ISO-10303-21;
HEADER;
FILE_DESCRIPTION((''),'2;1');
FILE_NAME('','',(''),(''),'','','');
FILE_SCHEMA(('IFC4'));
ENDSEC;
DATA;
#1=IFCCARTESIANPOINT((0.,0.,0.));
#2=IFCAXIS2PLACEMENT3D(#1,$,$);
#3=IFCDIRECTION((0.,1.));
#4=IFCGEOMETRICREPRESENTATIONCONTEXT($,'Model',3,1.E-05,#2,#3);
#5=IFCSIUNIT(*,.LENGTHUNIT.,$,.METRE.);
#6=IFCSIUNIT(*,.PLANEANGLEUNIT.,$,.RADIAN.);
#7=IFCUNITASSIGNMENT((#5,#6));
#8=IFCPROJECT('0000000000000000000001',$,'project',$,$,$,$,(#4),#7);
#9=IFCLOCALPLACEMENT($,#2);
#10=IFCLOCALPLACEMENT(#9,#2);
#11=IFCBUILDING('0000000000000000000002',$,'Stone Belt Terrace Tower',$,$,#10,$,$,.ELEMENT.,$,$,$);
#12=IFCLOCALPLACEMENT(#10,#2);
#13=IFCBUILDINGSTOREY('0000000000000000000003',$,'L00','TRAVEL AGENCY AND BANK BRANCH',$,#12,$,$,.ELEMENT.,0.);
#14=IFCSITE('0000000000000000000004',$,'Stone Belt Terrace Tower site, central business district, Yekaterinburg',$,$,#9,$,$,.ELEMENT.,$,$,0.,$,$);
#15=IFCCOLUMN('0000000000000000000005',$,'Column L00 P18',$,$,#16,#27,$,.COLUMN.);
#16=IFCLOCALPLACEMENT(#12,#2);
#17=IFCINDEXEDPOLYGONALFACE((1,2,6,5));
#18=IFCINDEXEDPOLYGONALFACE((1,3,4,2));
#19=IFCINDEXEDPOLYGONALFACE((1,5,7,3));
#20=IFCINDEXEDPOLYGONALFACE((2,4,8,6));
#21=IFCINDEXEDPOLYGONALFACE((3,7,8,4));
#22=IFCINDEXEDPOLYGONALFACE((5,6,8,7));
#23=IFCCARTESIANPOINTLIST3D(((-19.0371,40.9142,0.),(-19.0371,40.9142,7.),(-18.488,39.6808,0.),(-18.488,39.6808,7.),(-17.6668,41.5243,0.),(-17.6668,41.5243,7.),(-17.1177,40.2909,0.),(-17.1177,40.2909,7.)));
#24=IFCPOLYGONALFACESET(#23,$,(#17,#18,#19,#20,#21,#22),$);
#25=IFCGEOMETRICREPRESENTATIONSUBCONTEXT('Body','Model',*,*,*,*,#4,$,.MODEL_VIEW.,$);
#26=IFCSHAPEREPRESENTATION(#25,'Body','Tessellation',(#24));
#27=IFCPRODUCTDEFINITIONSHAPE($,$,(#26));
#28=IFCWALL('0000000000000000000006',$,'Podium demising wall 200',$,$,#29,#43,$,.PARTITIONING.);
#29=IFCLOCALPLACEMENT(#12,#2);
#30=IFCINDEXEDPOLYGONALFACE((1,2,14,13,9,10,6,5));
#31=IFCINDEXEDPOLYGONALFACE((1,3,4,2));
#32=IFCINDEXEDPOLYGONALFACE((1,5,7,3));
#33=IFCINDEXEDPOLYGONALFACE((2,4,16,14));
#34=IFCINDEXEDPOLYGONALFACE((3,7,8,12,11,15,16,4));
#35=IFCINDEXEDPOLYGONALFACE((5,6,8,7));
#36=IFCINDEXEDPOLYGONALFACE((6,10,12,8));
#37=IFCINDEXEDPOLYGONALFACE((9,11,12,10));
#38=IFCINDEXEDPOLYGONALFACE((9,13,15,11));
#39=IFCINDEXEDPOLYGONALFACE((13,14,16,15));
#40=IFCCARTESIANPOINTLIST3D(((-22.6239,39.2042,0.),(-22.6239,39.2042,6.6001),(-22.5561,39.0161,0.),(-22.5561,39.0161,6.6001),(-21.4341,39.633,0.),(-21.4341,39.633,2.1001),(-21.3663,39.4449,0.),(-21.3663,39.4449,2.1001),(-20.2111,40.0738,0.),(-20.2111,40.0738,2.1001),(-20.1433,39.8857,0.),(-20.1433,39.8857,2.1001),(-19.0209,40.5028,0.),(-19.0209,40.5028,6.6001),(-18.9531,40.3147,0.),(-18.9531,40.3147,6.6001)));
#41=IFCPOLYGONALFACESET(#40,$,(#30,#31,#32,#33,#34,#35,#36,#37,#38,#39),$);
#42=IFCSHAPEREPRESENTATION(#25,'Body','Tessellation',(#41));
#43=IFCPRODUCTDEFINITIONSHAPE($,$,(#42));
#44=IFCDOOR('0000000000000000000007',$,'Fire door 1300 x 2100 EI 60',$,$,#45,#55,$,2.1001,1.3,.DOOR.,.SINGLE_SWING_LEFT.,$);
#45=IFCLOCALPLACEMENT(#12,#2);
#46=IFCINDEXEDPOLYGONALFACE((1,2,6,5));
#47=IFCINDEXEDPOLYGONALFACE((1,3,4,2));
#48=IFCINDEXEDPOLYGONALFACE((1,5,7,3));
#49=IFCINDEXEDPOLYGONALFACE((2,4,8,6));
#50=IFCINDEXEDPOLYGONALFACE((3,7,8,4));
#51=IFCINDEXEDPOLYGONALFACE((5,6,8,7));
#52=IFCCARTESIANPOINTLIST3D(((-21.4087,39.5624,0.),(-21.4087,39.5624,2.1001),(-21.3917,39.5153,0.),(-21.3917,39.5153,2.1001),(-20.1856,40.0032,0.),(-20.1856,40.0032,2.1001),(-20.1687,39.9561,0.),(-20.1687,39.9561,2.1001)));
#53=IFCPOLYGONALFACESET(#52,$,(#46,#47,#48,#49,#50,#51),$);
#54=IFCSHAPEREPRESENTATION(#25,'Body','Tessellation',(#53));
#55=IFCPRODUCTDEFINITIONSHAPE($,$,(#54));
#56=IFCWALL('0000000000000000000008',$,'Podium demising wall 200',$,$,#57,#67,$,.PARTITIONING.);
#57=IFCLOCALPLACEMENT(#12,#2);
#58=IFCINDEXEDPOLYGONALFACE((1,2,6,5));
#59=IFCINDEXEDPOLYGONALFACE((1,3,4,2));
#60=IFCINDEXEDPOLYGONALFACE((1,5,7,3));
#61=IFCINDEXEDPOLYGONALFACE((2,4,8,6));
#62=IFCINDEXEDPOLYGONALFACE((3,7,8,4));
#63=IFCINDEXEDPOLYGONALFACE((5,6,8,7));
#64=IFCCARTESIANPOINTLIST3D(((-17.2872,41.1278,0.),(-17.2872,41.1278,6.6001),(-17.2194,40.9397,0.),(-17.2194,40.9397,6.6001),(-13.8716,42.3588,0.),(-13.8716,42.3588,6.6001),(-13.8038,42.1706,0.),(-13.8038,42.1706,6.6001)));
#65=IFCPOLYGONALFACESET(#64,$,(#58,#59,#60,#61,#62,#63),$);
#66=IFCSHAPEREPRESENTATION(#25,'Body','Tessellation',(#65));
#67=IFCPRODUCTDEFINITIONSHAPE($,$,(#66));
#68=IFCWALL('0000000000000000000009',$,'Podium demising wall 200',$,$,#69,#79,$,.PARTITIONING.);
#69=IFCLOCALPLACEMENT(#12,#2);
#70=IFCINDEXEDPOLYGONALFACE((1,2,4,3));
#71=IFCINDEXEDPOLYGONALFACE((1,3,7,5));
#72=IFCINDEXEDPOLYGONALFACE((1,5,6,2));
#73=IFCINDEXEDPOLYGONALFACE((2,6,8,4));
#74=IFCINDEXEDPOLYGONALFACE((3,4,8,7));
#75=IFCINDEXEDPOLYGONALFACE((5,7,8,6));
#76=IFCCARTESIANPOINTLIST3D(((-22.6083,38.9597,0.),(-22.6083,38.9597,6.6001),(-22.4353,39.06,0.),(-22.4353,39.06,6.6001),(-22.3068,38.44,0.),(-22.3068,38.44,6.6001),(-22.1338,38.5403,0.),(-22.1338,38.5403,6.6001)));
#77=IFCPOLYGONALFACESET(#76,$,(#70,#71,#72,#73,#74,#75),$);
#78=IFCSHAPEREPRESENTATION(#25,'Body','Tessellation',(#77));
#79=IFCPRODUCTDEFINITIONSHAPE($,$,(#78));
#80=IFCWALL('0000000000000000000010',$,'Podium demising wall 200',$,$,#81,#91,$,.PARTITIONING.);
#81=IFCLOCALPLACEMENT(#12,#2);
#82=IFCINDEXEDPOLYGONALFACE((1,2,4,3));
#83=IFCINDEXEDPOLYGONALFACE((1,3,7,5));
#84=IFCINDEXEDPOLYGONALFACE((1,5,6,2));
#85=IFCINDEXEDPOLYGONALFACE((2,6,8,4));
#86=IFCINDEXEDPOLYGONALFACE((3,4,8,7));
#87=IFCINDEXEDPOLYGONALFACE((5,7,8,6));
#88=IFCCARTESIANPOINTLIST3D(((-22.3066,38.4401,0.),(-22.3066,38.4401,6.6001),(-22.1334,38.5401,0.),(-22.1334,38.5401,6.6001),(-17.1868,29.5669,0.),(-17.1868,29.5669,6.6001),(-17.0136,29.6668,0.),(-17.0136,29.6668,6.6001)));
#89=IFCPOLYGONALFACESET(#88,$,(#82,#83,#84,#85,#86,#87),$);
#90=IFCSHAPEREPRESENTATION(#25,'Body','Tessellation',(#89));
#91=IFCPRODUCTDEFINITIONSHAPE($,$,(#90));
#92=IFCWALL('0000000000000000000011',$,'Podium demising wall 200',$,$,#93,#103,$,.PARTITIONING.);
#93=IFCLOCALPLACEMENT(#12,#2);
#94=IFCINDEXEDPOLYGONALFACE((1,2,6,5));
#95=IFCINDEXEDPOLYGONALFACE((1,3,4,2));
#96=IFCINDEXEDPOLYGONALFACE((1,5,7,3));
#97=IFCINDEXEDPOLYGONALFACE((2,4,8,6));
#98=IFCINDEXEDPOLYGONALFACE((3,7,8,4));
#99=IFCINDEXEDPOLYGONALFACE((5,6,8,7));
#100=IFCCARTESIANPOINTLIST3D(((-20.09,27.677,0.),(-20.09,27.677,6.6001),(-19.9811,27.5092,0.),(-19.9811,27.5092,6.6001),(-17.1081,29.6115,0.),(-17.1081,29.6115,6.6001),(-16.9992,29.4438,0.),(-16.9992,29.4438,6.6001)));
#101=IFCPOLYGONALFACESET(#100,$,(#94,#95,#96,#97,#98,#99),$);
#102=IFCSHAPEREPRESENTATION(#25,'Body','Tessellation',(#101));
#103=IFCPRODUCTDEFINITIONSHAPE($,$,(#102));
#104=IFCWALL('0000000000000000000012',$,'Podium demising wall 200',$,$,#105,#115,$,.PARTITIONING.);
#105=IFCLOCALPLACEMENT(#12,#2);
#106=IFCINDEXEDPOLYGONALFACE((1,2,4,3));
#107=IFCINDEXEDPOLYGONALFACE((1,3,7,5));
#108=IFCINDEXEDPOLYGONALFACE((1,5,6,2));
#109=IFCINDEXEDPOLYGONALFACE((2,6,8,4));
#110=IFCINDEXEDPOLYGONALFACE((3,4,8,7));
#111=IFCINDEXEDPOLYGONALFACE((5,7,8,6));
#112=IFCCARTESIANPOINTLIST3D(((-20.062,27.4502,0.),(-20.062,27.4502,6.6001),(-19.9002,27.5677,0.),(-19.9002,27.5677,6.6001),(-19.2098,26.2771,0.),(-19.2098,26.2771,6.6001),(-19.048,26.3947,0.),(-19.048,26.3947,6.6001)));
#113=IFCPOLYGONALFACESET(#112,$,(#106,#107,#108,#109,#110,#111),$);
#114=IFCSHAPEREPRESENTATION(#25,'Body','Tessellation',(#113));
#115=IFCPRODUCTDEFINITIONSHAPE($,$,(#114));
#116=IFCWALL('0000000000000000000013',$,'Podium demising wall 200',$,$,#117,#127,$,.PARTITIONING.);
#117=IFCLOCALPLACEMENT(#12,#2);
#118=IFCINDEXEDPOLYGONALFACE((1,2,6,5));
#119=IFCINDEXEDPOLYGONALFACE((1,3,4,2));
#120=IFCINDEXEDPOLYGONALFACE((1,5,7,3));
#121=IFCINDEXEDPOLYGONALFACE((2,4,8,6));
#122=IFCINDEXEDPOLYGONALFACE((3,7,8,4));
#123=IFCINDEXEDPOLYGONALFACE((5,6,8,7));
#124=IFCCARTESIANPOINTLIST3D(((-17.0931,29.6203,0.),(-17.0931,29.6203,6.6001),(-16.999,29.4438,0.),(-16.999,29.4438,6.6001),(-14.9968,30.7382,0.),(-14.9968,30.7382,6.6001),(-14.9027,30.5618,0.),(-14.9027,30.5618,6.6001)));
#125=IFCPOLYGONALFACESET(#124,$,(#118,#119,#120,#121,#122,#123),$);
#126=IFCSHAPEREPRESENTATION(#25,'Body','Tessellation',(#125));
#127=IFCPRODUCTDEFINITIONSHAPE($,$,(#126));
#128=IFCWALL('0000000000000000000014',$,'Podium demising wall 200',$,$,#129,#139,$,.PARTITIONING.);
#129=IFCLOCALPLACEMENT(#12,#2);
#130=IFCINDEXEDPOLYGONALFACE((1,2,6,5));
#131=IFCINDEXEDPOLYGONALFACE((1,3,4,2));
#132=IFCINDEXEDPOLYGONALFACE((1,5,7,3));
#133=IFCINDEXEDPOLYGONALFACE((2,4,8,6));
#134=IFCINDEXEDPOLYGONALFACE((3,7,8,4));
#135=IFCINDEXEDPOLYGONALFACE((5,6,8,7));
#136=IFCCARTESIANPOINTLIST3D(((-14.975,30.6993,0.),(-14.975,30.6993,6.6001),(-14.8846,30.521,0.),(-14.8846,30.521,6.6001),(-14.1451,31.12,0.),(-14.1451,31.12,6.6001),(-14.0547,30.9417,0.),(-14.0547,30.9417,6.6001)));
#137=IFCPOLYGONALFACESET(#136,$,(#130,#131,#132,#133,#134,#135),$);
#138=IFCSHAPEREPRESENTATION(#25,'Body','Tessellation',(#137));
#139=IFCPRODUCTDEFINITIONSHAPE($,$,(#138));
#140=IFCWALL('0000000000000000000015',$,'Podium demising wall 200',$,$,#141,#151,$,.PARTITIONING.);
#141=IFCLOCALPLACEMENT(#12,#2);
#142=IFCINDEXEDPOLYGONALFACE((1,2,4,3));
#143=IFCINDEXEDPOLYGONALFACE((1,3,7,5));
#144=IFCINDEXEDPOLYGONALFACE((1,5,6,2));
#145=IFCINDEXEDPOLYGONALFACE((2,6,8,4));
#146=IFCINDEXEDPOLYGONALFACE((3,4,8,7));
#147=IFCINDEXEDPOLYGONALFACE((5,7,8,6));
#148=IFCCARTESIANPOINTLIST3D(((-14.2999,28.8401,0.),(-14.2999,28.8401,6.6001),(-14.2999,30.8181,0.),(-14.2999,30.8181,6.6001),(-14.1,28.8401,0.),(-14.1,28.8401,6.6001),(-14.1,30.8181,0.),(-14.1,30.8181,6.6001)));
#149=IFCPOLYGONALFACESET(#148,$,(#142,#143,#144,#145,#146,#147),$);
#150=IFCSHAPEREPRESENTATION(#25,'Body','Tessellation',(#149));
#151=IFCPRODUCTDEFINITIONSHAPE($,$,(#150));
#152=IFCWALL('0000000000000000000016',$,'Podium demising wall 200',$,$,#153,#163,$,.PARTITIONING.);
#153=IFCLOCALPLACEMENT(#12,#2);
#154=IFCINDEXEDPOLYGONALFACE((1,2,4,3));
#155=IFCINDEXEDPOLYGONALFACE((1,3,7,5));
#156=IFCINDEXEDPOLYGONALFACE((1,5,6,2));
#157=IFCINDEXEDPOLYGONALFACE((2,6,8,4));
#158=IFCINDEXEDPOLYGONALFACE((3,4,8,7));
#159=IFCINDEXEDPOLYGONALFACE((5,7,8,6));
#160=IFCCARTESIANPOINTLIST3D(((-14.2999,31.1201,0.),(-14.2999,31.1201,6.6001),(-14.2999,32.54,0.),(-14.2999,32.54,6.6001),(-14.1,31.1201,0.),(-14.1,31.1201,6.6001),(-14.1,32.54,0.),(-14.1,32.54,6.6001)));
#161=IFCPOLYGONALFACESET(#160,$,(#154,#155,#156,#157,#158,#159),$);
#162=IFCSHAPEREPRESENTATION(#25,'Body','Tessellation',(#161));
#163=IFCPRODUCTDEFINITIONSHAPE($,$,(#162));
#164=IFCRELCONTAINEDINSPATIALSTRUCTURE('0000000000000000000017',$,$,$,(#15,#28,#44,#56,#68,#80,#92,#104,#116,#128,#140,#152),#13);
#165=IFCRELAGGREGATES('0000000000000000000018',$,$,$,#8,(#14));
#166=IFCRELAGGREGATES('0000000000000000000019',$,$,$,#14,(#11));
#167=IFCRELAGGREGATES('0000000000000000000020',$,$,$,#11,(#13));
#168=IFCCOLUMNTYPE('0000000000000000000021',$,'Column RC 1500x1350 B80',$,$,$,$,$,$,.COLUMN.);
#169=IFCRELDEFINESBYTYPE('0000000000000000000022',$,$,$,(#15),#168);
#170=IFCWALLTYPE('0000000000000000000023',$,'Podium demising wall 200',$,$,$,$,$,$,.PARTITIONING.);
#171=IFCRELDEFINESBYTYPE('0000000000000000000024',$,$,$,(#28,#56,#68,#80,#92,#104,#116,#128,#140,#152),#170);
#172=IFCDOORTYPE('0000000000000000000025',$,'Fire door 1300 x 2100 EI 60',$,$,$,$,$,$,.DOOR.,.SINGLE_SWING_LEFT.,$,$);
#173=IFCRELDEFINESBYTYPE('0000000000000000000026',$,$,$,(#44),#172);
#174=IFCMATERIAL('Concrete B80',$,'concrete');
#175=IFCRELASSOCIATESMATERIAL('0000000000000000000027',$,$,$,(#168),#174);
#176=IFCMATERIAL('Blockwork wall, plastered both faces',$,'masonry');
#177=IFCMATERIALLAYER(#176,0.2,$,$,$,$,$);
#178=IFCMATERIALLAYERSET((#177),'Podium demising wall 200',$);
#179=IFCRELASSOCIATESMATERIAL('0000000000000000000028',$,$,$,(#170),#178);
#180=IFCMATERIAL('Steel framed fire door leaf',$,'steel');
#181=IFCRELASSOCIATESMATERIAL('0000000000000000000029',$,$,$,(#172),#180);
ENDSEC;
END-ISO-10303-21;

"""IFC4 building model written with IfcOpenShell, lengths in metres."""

from ifc_helpers import new_model, si_unit, direction, frame, frame_2d, origin, origin_2d, place, context, subcontext, project, spatial, rectangle, extrude, material, layer, layer_set, material_profile, profile_set, type_object, element, fill, save


model = new_model("IFC4")

# Units and contexts
model_context = context("Model", 3, precision=1e-05, world=origin(), true_north=direction((0.0, 1.0)))
body_context = subcontext(model_context, "Body", "Model", "MODEL_VIEW")
ifc_project = project(units=[si_unit("LENGTHUNIT", "METRE"), si_unit("PLANEANGLEUNIT", "RADIAN")], contexts=[model_context])

# Site, building, storey
site_placement = place(None, origin())
site = spatial("IfcSite", under=ifc_project, at=site_placement, Name="Stone Belt Terrace Tower site, central business district, Yekaterinburg", CompositionType="ELEMENT", RefElevation=0.0)
building_placement = place(site_placement, origin())
building = spatial("IfcBuilding", under=site, at=building_placement, Name="Stone Belt Terrace Tower", CompositionType="ELEMENT")
storey_placement = place(building_placement, origin())
storey = spatial("IfcBuildingStorey", under=building, at=storey_placement, Name="L00", Description="TRAVEL AGENCY AND BANK BRANCH", CompositionType="ELEMENT", Elevation=0.0)

# Column
ifc_material_1 = material(Name="Concrete B80", Category="concrete")
ifc_material_profile = material_profile(ifc_material_1, rectangle(XDim=1.5, YDim=1.3501, at=origin_2d()), Name="RC 1500x1350")
ifc_profile_set = profile_set([ifc_material_profile], Name="Concrete B80")
column_type = type_object("IfcColumnType", Name="Column RC 1500x1350 B80", PredefinedType="COLUMN", material=ifc_profile_set)
column_placement = place(storey_placement, frame((-18.0774, 40.6025, 0.0), z_axis=(0.0, 0.0, 1.0), x_axis=(0.913545, 0.406737, 0.0)))
element("IfcColumn", 1, at=column_placement, inside=storey, type_object=column_type, Name="Column L00 P18", PredefinedType="COLUMN", context=body_context, shape_type="SweptSolid", body=[
    extrude(rectangle(XDim=1.5, YDim=1.3501, at=origin_2d()), origin(), (0.0, 0.0, 1.0), 7.0),
])

# Wall, opening, door
ifc_material_2 = material(Name="Blockwork wall, plastered both faces", Category="masonry")
ifc_layer_1 = layer(ifc_material_2, 0.2)
ifc_layer_set_1 = layer_set([ifc_layer_1], Name="Podium demising wall 200")
wall_type_1 = type_object("IfcWallType", Name="Podium demising wall 200", PredefinedType="PARTITIONING", material=ifc_layer_set_1)
wall_1_placement = place(storey_placement, frame((-22.5901, 39.1101, 0.0), z_axis=(0.0, 0.0, 1.0), x_axis=(0.940763, 0.339065, 0.0)))
wall_1 = element("IfcWall", 2, at=wall_1_placement, inside=storey, type_object=wall_type_1, Name="Podium demising wall 200", PredefinedType="PARTITIONING", context=body_context, shape_type="SweptSolid", body=[
    extrude(rectangle(XDim=3.8298, YDim=0.2, at=frame_2d((1.915, 0.0))), origin(), (0.0, 0.0, 1.0), 6.6001),
])
opening_1_placement = place(wall_1_placement, frame((1.2649, 0.0, 0.0)))
opening_1 = element("IfcOpeningElement", 3, at=opening_1_placement, cuts=wall_1, PredefinedType="OPENING", context=body_context, shape_type="SweptSolid", body=[
    extrude(rectangle(XDim=1.3, YDim=2.1001, at=frame_2d((0.6499, 1.05))), frame((0.0, 0.1099, 0.0), z_axis=(0.0, -1.0, 0.0), x_axis=(1.0, 0.0, 0.0)), (0.0, 0.0, 1.0), 0.22),
])
ifc_material_3 = material(Name="Steel framed fire door leaf", Category="steel")
door_type_1 = type_object("IfcDoorType", Name="Fire door 1300 x 2100 EI 60", OperationType="SINGLE_SWING_LEFT", PredefinedType="DOOR", material=ifc_material_3)
door_1_placement = place(opening_1_placement, origin())
door_1 = element("IfcDoor", 4, at=door_1_placement, inside=storey, type_object=door_type_1, Name="Fire door 1300 x 2100 EI 60", OperationType="SINGLE_SWING_LEFT", OverallHeight=2.1001, OverallWidth=1.3, PredefinedType="DOOR", context=body_context, shape_type="SweptSolid", body=[
    extrude(rectangle(XDim=1.3, YDim=2.1001, at=frame_2d((0.6499, 1.05))), frame((0.0, 0.0249, 0.0), z_axis=(0.0, -1.0, 0.0), x_axis=(1.0, 0.0, 0.0)), (0.0, 0.0, 1.0), 0.05),
])
fill(opening_1, door_1)

# Walls
wall_2_placement = place(storey_placement, frame((-17.2534, 41.0337, 0.0), z_axis=(0.0, 0.0, 1.0), x_axis=(0.940767, 0.339053, 0.0)))
element("IfcWall", 5, at=wall_2_placement, inside=storey, type_object=wall_type_1, Name="Podium demising wall 200", PredefinedType="PARTITIONING", context=body_context, shape_type="SweptSolid", body=[
    extrude(rectangle(XDim=3.6306, YDim=0.2, at=frame_2d((1.8154, 0.0))), origin(), (0.0, 0.0, 1.0), 6.6001),
])
wall_3_placement = place(storey_placement, frame((-22.5217, 39.0098, 0.0), z_axis=(0.0, 0.0, 1.0), x_axis=(0.501773, -0.864999, 0.0)))
element("IfcWall", 6, at=wall_3_placement, inside=storey, type_object=wall_type_1, Name="Podium demising wall 200", PredefinedType="PARTITIONING", context=body_context, shape_type="SweptSolid", body=[
    extrude(rectangle(XDim=0.6008, YDim=0.2, at=frame_2d((0.3003, 0.0))), origin(), (0.0, 0.0, 1.0), 6.6001),
])
wall_4_placement = place(storey_placement, frame((-22.22, 38.49, 0.0), z_axis=(0.0, 0.0, 1.0), x_axis=(0.499771, -0.866157, 0.0)))
element("IfcWall", 7, at=wall_4_placement, inside=storey, type_object=wall_type_1, Name="Podium demising wall 200", PredefinedType="PARTITIONING", context=body_context, shape_type="SweptSolid", body=[
    extrude(rectangle(XDim=10.2444, YDim=0.2, at=frame_2d((5.1221, 0.0))), origin(), (0.0, 0.0, 1.0), 6.6001),
])
wall_5_placement = place(storey_placement, frame((-20.0356, 27.593, 0.0), z_axis=(0.0, 0.0, 1.0), x_axis=(0.838917, 0.544259, 0.0)))
element("IfcWall", 8, at=wall_5_placement, inside=storey, type_object=wall_type_1, Name="Podium demising wall 200", PredefinedType="PARTITIONING", context=body_context, shape_type="SweptSolid", body=[
    extrude(rectangle(XDim=3.5544, YDim=0.2, at=frame_2d((1.7773, 0.0))), origin(), (0.0, 0.0, 1.0), 6.6001),
])
wall_6_placement = place(storey_placement, frame((-19.9812, 27.509, 0.0), z_axis=(0.0, 0.0, 1.0), x_axis=(0.587781, -0.80902, 0.0)))
element("IfcWall", 9, at=wall_6_placement, inside=storey, type_object=wall_type_1, Name="Podium demising wall 200", PredefinedType="PARTITIONING", context=body_context, shape_type="SweptSolid", body=[
    extrude(rectangle(XDim=1.45, YDim=0.2, at=frame_2d((0.7251, 0.0))), origin(), (0.0, 0.0, 1.0), 6.6001),
])
wall_7_placement = place(storey_placement, frame((-17.0461, 29.532, 0.0), z_axis=(0.0, 0.0, 1.0), x_axis=(0.882361, 0.470572, 0.0)))
element("IfcWall", 10, at=wall_7_placement, inside=storey, type_object=wall_type_1, Name="Podium demising wall 200", PredefinedType="PARTITIONING", context=body_context, shape_type="SweptSolid", body=[
    extrude(rectangle(XDim=2.3757, YDim=0.2, at=frame_2d((1.188, 0.0))), origin(), (0.0, 0.0, 1.0), 6.6001),
])
wall_8_placement = place(storey_placement, frame((-14.9299, 30.6101, 0.0), z_axis=(0.0, 0.0, 1.0), x_axis=(0.891947, 0.45214, 0.0)))
element("IfcWall", 11, at=wall_8_placement, inside=storey, type_object=wall_type_1, Name="Podium demising wall 200", PredefinedType="PARTITIONING", context=body_context, shape_type="SweptSolid", body=[
    extrude(rectangle(XDim=0.9304, YDim=0.2, at=frame_2d((0.4653, 0.0))), origin(), (0.0, 0.0, 1.0), 6.6001),
])
wall_9_placement = place(storey_placement, frame((-14.2, 28.8401, 0.0), z_axis=(0.0, 0.0, 1.0), x_axis=(0.0, 1.0, 0.0)))
element("IfcWall", 12, at=wall_9_placement, inside=storey, type_object=wall_type_1, Name="Podium demising wall 200", PredefinedType="PARTITIONING", context=body_context, shape_type="SweptSolid", body=[
    extrude(rectangle(XDim=1.978, YDim=0.2, at=frame_2d((0.989, 0.0))), origin(), (0.0, 0.0, 1.0), 6.6001),
])
wall_10_placement = place(storey_placement, frame((-14.2, 31.1201, 0.0), z_axis=(0.0, 0.0, 1.0), x_axis=(0.0, 1.0, 0.0)))
element("IfcWall", 13, at=wall_10_placement, inside=storey, type_object=wall_type_1, Name="Podium demising wall 200", PredefinedType="PARTITIONING", context=body_context, shape_type="SweptSolid", body=[
    extrude(rectangle(XDim=1.4199, YDim=0.2, at=frame_2d((0.71, 0.0))), origin(), (0.0, 0.0, 1.0), 6.6001),
])

save(model, "model.ifc")
